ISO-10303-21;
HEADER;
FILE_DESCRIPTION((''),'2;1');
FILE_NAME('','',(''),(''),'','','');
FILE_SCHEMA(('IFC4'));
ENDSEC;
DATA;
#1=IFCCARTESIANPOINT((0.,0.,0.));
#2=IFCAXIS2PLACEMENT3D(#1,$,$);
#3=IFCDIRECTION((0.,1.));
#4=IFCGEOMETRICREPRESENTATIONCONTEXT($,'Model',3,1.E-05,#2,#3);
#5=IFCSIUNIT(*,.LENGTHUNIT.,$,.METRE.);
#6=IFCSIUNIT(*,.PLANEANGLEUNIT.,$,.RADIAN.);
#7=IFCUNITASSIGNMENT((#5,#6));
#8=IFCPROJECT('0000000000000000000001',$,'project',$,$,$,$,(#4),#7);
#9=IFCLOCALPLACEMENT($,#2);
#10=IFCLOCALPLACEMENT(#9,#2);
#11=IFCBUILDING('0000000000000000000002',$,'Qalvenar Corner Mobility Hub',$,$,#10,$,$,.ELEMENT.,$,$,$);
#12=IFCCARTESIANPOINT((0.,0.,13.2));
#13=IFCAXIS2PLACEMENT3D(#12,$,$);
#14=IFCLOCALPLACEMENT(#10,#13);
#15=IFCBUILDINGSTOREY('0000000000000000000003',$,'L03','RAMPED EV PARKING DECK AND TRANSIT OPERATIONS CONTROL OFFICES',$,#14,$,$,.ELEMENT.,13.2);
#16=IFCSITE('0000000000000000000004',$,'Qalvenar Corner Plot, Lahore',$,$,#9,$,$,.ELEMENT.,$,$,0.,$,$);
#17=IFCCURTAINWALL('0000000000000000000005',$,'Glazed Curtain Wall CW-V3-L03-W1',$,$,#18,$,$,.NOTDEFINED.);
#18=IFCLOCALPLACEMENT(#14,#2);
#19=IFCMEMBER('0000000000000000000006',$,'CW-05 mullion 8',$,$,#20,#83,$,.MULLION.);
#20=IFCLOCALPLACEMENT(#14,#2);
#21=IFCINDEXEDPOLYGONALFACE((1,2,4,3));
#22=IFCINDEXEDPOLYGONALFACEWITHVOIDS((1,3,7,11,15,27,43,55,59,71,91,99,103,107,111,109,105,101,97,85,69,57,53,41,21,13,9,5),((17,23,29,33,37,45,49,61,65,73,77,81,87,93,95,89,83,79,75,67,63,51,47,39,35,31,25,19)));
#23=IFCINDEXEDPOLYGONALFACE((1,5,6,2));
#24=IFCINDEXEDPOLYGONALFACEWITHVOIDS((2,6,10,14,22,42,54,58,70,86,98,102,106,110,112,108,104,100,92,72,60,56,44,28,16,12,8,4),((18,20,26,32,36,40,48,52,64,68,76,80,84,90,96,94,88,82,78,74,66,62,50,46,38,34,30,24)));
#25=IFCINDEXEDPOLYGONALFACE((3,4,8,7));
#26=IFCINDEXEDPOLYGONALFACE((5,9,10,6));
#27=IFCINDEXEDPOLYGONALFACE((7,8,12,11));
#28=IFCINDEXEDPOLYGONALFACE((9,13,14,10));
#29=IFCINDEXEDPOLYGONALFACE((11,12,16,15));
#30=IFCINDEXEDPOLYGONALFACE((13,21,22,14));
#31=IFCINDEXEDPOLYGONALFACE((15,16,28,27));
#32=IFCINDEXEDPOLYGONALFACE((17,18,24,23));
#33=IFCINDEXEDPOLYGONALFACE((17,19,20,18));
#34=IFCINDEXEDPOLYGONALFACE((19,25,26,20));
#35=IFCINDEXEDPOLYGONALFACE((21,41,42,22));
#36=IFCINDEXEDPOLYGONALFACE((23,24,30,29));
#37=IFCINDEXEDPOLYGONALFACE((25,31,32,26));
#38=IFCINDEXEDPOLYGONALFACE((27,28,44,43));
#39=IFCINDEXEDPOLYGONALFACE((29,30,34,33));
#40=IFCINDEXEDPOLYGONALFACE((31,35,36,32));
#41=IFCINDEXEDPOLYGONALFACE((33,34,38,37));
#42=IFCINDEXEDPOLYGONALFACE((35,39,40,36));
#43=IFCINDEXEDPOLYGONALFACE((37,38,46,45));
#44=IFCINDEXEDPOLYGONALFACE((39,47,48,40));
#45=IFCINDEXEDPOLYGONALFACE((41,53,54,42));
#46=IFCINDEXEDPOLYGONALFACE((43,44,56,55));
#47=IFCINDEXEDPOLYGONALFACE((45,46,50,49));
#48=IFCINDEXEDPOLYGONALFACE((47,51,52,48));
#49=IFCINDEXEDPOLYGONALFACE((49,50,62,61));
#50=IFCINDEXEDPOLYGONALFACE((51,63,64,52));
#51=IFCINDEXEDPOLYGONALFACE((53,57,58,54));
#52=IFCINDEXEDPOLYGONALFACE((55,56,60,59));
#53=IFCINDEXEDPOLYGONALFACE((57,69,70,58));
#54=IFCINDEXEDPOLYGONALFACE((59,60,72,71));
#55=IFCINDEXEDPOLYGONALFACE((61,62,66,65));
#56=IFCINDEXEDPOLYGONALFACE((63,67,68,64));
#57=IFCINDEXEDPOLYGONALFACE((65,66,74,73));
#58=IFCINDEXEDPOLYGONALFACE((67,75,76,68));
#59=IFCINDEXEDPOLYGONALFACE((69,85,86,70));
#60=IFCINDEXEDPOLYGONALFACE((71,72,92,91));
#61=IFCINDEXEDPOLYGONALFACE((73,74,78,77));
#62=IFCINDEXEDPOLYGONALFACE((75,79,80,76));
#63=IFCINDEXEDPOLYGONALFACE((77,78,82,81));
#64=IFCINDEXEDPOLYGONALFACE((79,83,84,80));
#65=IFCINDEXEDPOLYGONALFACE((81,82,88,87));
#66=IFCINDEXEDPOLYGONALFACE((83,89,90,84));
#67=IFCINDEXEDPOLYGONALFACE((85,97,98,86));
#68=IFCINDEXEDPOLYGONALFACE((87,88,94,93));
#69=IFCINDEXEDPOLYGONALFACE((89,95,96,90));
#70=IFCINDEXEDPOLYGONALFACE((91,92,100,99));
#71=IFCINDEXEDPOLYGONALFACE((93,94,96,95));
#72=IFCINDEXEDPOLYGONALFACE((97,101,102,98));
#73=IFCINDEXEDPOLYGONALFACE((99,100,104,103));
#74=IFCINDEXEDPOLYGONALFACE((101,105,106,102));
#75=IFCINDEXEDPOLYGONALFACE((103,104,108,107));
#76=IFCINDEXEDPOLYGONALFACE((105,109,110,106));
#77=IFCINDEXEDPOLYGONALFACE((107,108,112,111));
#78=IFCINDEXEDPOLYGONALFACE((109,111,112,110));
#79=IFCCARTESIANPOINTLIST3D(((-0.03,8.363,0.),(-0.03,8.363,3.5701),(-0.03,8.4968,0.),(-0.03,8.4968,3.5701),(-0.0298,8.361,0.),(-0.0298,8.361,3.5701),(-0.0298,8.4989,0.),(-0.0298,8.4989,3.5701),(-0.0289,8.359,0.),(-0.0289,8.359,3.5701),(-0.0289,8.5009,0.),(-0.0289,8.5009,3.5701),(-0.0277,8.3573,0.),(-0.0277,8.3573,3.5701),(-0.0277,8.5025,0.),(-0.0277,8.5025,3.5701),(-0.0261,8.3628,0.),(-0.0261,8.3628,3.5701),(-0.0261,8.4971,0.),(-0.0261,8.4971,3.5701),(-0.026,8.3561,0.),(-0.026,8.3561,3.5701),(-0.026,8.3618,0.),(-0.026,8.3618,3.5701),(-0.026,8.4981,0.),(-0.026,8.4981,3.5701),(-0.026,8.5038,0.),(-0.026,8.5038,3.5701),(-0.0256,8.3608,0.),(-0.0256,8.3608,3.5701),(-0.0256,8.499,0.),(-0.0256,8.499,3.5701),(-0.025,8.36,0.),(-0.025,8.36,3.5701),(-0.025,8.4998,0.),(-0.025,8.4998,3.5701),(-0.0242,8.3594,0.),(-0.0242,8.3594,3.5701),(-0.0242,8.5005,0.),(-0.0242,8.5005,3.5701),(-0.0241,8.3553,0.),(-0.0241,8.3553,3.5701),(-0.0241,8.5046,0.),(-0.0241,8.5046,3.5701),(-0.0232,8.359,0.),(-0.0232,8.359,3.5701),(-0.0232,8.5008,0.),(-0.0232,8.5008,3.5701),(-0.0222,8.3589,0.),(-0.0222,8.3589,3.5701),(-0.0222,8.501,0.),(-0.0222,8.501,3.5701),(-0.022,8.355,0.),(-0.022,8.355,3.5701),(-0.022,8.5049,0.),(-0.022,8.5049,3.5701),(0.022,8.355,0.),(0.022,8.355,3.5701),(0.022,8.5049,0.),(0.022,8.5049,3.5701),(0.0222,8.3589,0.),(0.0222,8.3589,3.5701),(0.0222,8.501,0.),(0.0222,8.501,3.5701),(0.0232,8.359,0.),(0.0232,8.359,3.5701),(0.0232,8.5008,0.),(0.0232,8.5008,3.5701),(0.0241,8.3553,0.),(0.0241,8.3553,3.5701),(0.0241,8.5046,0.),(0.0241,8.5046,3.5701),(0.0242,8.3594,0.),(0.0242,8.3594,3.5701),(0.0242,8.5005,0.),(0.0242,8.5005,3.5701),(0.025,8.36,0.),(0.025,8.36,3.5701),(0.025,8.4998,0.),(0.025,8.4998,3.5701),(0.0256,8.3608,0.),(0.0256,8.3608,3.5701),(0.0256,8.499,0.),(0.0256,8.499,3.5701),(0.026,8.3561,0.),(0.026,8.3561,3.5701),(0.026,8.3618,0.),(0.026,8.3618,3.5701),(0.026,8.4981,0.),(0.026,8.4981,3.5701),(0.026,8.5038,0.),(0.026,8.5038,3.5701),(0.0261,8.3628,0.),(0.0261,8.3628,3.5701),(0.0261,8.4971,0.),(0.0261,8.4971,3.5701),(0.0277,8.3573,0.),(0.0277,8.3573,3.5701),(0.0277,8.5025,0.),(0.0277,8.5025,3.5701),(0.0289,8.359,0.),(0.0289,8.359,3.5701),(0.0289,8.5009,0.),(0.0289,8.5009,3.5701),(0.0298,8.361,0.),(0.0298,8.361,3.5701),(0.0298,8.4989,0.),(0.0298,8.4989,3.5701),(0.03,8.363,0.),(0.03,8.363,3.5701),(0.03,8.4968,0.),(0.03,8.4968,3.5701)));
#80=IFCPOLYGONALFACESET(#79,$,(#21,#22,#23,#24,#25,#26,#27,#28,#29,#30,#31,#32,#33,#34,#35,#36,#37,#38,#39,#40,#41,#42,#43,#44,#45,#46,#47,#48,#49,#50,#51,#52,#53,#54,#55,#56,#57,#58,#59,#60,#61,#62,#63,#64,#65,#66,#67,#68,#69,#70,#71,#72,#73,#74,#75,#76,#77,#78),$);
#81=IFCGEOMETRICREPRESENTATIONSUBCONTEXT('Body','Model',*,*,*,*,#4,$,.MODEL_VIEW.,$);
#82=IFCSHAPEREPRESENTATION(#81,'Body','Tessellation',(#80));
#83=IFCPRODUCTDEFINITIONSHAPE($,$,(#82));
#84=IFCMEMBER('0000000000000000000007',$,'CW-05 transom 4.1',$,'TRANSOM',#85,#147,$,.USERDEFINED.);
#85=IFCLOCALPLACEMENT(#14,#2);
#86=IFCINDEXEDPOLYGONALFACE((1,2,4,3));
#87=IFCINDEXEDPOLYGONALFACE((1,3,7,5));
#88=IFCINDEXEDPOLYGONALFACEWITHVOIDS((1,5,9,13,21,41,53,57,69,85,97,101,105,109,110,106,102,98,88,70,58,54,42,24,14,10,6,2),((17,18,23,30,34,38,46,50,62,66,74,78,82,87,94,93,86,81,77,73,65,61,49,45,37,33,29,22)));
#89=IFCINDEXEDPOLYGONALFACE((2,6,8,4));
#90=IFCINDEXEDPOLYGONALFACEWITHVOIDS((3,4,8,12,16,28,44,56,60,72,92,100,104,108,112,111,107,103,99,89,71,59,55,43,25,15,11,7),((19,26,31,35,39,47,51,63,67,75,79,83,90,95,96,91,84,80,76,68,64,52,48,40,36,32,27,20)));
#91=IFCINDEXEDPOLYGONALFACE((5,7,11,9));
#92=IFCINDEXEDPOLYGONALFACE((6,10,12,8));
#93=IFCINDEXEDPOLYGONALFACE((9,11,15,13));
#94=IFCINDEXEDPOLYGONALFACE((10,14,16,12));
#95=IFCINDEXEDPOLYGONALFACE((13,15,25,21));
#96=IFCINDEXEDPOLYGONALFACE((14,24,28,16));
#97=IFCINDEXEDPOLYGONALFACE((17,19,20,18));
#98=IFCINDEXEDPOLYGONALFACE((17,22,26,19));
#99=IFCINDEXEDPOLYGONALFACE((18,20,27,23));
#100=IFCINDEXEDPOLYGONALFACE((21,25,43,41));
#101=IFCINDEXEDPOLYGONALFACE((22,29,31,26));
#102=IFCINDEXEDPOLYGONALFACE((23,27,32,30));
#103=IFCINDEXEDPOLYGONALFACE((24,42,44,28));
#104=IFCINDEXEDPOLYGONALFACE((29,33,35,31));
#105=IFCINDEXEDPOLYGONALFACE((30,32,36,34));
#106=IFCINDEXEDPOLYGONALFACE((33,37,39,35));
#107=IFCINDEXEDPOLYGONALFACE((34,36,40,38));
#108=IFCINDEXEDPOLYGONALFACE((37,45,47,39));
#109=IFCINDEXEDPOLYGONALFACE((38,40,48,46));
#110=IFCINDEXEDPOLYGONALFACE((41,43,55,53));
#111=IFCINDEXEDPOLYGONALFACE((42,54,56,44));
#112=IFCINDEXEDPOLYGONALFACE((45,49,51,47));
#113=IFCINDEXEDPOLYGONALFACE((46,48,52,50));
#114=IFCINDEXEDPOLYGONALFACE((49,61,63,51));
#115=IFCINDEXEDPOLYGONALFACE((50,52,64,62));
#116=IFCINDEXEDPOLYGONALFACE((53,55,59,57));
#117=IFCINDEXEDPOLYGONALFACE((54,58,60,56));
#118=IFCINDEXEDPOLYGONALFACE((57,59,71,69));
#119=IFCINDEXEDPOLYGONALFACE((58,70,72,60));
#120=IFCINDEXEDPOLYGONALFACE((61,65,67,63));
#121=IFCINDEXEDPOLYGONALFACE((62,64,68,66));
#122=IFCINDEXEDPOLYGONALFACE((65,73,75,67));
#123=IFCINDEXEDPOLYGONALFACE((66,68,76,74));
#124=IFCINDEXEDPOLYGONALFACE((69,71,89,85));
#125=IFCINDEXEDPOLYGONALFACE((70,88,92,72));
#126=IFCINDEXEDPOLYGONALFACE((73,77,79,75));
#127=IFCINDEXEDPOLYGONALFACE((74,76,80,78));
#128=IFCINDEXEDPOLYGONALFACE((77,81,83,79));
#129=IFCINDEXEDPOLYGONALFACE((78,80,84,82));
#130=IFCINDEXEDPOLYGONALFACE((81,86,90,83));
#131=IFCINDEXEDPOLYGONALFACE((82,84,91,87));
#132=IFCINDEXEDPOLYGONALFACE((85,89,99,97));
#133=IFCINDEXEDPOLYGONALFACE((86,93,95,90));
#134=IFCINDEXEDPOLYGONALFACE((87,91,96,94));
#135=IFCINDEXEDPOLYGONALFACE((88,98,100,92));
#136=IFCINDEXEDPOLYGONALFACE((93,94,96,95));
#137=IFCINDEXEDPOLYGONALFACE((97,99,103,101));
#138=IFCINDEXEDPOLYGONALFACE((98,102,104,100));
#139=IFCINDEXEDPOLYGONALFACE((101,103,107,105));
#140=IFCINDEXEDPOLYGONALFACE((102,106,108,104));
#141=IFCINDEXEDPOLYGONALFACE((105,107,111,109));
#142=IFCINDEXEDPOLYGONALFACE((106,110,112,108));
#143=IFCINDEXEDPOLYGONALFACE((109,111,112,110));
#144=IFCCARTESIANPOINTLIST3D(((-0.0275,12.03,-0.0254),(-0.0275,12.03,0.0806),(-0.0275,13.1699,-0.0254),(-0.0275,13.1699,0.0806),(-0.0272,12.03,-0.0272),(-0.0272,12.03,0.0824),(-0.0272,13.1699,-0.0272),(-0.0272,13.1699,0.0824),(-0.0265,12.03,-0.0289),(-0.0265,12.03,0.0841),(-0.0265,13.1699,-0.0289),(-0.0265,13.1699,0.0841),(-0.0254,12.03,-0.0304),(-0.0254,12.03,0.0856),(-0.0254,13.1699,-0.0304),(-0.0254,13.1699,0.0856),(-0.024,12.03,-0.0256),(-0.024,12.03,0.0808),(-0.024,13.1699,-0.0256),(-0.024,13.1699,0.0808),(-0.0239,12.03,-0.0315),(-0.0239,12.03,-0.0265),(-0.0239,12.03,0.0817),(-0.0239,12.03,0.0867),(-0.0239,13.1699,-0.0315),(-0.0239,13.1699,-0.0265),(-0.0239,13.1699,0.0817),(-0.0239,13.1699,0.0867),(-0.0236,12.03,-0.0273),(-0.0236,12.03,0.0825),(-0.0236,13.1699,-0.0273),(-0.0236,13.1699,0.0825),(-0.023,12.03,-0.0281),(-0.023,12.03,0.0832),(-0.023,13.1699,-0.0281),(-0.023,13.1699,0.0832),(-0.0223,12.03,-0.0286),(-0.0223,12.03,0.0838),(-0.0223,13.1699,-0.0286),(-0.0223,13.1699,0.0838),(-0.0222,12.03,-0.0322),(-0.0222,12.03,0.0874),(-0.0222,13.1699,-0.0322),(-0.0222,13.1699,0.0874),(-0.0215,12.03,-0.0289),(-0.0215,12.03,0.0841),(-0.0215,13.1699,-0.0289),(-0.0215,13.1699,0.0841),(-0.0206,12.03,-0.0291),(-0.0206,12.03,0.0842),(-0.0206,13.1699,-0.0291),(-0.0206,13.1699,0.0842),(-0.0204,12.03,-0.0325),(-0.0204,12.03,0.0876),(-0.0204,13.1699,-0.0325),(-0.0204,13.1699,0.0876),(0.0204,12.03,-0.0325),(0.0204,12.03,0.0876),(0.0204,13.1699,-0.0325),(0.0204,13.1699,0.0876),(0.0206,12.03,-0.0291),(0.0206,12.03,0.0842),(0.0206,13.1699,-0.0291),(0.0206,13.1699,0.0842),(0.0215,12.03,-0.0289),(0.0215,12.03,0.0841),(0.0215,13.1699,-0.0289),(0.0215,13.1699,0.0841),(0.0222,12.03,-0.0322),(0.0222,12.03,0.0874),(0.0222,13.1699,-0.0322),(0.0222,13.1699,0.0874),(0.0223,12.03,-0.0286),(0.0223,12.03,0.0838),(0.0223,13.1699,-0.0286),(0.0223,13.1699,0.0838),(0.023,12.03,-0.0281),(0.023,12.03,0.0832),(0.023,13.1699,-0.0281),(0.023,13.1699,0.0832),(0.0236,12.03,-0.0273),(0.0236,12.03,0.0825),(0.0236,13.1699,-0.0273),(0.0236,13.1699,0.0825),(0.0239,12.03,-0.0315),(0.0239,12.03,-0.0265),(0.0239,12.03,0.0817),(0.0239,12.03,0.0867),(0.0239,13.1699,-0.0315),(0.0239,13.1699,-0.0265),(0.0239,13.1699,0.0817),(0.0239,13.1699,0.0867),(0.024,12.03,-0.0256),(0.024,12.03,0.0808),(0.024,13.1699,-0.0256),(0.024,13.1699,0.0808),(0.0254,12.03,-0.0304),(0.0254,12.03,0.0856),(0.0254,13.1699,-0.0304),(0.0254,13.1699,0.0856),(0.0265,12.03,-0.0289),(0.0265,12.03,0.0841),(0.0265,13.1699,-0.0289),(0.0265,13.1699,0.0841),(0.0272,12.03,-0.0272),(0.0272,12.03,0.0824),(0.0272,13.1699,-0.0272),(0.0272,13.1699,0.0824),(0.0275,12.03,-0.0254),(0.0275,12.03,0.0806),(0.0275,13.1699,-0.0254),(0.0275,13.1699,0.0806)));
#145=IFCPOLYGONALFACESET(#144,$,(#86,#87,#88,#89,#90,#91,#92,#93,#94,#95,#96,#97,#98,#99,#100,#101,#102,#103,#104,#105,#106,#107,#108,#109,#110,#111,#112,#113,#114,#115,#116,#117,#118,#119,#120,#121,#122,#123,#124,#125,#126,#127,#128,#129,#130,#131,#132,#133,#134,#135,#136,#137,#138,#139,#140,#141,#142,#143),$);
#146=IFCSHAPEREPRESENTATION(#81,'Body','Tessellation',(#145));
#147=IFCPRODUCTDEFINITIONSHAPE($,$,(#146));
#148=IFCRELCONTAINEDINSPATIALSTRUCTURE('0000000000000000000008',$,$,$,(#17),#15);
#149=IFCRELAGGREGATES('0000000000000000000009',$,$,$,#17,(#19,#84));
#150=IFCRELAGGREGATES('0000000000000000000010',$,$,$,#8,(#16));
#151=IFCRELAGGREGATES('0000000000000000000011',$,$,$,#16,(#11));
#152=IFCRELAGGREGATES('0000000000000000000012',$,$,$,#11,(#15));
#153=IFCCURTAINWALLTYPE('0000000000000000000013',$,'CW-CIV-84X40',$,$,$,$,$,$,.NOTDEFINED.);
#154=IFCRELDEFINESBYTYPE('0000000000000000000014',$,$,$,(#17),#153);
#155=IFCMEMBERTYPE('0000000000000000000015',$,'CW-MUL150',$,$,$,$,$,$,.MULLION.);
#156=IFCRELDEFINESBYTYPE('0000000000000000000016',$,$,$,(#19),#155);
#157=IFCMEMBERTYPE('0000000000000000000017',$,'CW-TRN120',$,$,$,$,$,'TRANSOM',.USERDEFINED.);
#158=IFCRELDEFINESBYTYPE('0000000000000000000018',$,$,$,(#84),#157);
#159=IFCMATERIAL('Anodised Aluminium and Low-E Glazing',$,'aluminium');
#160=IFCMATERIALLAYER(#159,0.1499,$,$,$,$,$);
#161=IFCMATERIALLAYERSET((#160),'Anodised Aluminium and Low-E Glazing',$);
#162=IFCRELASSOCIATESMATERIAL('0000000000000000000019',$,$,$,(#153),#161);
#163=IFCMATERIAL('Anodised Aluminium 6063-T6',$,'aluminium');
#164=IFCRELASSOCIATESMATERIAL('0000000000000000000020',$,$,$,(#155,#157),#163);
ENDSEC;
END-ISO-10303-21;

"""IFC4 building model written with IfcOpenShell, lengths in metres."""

from ifc_helpers import new_model, si_unit, direction, frame, origin, origin_2d, place, context, subcontext, project, spatial, hollow_rectangle, extrude, material, layer, layer_set, material_profile, profile_set, type_object, element, aggregate, save


model = new_model("IFC4")

# Units and contexts
model_context = context("Model", 3, precision=1e-05, world=origin(), true_north=direction((0.0, 1.0)))
body_context = subcontext(model_context, "Body", "Model", "MODEL_VIEW")
ifc_project = project(units=[si_unit("LENGTHUNIT", "METRE"), si_unit("PLANEANGLEUNIT", "RADIAN")], contexts=[model_context])

# Site, building, storey
site_placement = place(None, origin())
site = spatial("IfcSite", under=ifc_project, at=site_placement, Name="Qalvenar Corner Plot, Lahore", CompositionType="ELEMENT", RefElevation=0.0)
building_placement = place(site_placement, origin())
building = spatial("IfcBuilding", under=site, at=building_placement, Name="Qalvenar Corner Mobility Hub", CompositionType="ELEMENT")
storey_placement = place(building_placement, frame((0.0, 0.0, 13.2)))
storey = spatial("IfcBuildingStorey", under=building, at=storey_placement, Name="L03", Description="RAMPED EV PARKING DECK AND TRANSIT OPERATIONS CONTROL OFFICES", CompositionType="ELEMENT", Elevation=13.2)

# Curtain wall, members
ifc_material_1 = material(Name="Anodised Aluminium and Low-E Glazing", Category="aluminium")
ifc_layer_1 = layer(ifc_material_1, 0.1499)
ifc_layer_set_1 = layer_set([ifc_layer_1], Name="Anodised Aluminium and Low-E Glazing")
curtain_wall_type = type_object("IfcCurtainWallType", Name="CW-CIV-84X40", PredefinedType="NOTDEFINED", material=ifc_layer_set_1)
curtain_wall_placement = place(storey_placement, origin())
curtain_wall = element("IfcCurtainWall", 1, at=curtain_wall_placement, inside=storey, type_object=curtain_wall_type, Name="Glazed Curtain Wall CW-V3-L03-W1", PredefinedType="NOTDEFINED")
ifc_material_2 = material(Name="Anodised Aluminium 6063-T6", Category="aluminium")
ifc_material_profile_1 = material_profile(ifc_material_2, hollow_rectangle(XDim=0.0601, YDim=0.1499, WallThickness=0.0039, InnerFilletRadius=0.0039, OuterFilletRadius=0.0081, at=origin_2d()), Name="RHS150x60x4")
ifc_profile_set_1 = profile_set([ifc_material_profile_1], Name="Anodised Aluminium 6063-T6")
member_type_1 = type_object("IfcMemberType", Name="CW-MUL150", PredefinedType="MULLION", material=ifc_profile_set_1)
member_1_placement = place(storey_placement, frame((0.0, 8.4299, 0.0), z_axis=(0.0, 0.0, 1.0), x_axis=(1.0, 0.0, 0.0)))
member_1 = element("IfcMember", 2, at=member_1_placement, type_object=member_type_1, Name="CW-05 mullion 8", PredefinedType="MULLION", context=body_context, shape_type="SweptSolid", body=[
    extrude(hollow_rectangle(XDim=0.0601, YDim=0.1499, WallThickness=0.0039, InnerFilletRadius=0.0039, OuterFilletRadius=0.0081, at=origin_2d()), origin(), (0.0, 0.0, 1.0), 3.5701),
])
ifc_material_profile_2 = material_profile(ifc_material_2, hollow_rectangle(XDim=0.0549, YDim=0.1201, WallThickness=0.0034, InnerFilletRadius=0.0034, OuterFilletRadius=0.0071, at=origin_2d()), Name="RHS120x55x3.5")
ifc_profile_set_2 = profile_set([ifc_material_profile_2], Name="Anodised Aluminium 6063-T6")
member_type_2 = type_object("IfcMemberType", Name="CW-TRN120", ElementType="TRANSOM", PredefinedType="USERDEFINED", material=ifc_profile_set_2)
member_2_placement = place(storey_placement, frame((0.0, 13.1699, 0.0276), z_axis=(0.0, -1.0, 0.0), x_axis=(1.0, 0.0, 0.0)))
member_2 = element("IfcMember", 3, at=member_2_placement, type_object=member_type_2, Name="CW-05 transom 4.1", ObjectType="TRANSOM", PredefinedType="USERDEFINED", context=body_context, shape_type="SweptSolid", body=[
    extrude(hollow_rectangle(XDim=0.0549, YDim=0.1201, WallThickness=0.0034, InnerFilletRadius=0.0034, OuterFilletRadius=0.0071, at=origin_2d()), origin(), (0.0, 0.0, 1.0), 1.1399),
])
aggregate(curtain_wall, [member_1, member_2])

save(model, "model.ifc")
